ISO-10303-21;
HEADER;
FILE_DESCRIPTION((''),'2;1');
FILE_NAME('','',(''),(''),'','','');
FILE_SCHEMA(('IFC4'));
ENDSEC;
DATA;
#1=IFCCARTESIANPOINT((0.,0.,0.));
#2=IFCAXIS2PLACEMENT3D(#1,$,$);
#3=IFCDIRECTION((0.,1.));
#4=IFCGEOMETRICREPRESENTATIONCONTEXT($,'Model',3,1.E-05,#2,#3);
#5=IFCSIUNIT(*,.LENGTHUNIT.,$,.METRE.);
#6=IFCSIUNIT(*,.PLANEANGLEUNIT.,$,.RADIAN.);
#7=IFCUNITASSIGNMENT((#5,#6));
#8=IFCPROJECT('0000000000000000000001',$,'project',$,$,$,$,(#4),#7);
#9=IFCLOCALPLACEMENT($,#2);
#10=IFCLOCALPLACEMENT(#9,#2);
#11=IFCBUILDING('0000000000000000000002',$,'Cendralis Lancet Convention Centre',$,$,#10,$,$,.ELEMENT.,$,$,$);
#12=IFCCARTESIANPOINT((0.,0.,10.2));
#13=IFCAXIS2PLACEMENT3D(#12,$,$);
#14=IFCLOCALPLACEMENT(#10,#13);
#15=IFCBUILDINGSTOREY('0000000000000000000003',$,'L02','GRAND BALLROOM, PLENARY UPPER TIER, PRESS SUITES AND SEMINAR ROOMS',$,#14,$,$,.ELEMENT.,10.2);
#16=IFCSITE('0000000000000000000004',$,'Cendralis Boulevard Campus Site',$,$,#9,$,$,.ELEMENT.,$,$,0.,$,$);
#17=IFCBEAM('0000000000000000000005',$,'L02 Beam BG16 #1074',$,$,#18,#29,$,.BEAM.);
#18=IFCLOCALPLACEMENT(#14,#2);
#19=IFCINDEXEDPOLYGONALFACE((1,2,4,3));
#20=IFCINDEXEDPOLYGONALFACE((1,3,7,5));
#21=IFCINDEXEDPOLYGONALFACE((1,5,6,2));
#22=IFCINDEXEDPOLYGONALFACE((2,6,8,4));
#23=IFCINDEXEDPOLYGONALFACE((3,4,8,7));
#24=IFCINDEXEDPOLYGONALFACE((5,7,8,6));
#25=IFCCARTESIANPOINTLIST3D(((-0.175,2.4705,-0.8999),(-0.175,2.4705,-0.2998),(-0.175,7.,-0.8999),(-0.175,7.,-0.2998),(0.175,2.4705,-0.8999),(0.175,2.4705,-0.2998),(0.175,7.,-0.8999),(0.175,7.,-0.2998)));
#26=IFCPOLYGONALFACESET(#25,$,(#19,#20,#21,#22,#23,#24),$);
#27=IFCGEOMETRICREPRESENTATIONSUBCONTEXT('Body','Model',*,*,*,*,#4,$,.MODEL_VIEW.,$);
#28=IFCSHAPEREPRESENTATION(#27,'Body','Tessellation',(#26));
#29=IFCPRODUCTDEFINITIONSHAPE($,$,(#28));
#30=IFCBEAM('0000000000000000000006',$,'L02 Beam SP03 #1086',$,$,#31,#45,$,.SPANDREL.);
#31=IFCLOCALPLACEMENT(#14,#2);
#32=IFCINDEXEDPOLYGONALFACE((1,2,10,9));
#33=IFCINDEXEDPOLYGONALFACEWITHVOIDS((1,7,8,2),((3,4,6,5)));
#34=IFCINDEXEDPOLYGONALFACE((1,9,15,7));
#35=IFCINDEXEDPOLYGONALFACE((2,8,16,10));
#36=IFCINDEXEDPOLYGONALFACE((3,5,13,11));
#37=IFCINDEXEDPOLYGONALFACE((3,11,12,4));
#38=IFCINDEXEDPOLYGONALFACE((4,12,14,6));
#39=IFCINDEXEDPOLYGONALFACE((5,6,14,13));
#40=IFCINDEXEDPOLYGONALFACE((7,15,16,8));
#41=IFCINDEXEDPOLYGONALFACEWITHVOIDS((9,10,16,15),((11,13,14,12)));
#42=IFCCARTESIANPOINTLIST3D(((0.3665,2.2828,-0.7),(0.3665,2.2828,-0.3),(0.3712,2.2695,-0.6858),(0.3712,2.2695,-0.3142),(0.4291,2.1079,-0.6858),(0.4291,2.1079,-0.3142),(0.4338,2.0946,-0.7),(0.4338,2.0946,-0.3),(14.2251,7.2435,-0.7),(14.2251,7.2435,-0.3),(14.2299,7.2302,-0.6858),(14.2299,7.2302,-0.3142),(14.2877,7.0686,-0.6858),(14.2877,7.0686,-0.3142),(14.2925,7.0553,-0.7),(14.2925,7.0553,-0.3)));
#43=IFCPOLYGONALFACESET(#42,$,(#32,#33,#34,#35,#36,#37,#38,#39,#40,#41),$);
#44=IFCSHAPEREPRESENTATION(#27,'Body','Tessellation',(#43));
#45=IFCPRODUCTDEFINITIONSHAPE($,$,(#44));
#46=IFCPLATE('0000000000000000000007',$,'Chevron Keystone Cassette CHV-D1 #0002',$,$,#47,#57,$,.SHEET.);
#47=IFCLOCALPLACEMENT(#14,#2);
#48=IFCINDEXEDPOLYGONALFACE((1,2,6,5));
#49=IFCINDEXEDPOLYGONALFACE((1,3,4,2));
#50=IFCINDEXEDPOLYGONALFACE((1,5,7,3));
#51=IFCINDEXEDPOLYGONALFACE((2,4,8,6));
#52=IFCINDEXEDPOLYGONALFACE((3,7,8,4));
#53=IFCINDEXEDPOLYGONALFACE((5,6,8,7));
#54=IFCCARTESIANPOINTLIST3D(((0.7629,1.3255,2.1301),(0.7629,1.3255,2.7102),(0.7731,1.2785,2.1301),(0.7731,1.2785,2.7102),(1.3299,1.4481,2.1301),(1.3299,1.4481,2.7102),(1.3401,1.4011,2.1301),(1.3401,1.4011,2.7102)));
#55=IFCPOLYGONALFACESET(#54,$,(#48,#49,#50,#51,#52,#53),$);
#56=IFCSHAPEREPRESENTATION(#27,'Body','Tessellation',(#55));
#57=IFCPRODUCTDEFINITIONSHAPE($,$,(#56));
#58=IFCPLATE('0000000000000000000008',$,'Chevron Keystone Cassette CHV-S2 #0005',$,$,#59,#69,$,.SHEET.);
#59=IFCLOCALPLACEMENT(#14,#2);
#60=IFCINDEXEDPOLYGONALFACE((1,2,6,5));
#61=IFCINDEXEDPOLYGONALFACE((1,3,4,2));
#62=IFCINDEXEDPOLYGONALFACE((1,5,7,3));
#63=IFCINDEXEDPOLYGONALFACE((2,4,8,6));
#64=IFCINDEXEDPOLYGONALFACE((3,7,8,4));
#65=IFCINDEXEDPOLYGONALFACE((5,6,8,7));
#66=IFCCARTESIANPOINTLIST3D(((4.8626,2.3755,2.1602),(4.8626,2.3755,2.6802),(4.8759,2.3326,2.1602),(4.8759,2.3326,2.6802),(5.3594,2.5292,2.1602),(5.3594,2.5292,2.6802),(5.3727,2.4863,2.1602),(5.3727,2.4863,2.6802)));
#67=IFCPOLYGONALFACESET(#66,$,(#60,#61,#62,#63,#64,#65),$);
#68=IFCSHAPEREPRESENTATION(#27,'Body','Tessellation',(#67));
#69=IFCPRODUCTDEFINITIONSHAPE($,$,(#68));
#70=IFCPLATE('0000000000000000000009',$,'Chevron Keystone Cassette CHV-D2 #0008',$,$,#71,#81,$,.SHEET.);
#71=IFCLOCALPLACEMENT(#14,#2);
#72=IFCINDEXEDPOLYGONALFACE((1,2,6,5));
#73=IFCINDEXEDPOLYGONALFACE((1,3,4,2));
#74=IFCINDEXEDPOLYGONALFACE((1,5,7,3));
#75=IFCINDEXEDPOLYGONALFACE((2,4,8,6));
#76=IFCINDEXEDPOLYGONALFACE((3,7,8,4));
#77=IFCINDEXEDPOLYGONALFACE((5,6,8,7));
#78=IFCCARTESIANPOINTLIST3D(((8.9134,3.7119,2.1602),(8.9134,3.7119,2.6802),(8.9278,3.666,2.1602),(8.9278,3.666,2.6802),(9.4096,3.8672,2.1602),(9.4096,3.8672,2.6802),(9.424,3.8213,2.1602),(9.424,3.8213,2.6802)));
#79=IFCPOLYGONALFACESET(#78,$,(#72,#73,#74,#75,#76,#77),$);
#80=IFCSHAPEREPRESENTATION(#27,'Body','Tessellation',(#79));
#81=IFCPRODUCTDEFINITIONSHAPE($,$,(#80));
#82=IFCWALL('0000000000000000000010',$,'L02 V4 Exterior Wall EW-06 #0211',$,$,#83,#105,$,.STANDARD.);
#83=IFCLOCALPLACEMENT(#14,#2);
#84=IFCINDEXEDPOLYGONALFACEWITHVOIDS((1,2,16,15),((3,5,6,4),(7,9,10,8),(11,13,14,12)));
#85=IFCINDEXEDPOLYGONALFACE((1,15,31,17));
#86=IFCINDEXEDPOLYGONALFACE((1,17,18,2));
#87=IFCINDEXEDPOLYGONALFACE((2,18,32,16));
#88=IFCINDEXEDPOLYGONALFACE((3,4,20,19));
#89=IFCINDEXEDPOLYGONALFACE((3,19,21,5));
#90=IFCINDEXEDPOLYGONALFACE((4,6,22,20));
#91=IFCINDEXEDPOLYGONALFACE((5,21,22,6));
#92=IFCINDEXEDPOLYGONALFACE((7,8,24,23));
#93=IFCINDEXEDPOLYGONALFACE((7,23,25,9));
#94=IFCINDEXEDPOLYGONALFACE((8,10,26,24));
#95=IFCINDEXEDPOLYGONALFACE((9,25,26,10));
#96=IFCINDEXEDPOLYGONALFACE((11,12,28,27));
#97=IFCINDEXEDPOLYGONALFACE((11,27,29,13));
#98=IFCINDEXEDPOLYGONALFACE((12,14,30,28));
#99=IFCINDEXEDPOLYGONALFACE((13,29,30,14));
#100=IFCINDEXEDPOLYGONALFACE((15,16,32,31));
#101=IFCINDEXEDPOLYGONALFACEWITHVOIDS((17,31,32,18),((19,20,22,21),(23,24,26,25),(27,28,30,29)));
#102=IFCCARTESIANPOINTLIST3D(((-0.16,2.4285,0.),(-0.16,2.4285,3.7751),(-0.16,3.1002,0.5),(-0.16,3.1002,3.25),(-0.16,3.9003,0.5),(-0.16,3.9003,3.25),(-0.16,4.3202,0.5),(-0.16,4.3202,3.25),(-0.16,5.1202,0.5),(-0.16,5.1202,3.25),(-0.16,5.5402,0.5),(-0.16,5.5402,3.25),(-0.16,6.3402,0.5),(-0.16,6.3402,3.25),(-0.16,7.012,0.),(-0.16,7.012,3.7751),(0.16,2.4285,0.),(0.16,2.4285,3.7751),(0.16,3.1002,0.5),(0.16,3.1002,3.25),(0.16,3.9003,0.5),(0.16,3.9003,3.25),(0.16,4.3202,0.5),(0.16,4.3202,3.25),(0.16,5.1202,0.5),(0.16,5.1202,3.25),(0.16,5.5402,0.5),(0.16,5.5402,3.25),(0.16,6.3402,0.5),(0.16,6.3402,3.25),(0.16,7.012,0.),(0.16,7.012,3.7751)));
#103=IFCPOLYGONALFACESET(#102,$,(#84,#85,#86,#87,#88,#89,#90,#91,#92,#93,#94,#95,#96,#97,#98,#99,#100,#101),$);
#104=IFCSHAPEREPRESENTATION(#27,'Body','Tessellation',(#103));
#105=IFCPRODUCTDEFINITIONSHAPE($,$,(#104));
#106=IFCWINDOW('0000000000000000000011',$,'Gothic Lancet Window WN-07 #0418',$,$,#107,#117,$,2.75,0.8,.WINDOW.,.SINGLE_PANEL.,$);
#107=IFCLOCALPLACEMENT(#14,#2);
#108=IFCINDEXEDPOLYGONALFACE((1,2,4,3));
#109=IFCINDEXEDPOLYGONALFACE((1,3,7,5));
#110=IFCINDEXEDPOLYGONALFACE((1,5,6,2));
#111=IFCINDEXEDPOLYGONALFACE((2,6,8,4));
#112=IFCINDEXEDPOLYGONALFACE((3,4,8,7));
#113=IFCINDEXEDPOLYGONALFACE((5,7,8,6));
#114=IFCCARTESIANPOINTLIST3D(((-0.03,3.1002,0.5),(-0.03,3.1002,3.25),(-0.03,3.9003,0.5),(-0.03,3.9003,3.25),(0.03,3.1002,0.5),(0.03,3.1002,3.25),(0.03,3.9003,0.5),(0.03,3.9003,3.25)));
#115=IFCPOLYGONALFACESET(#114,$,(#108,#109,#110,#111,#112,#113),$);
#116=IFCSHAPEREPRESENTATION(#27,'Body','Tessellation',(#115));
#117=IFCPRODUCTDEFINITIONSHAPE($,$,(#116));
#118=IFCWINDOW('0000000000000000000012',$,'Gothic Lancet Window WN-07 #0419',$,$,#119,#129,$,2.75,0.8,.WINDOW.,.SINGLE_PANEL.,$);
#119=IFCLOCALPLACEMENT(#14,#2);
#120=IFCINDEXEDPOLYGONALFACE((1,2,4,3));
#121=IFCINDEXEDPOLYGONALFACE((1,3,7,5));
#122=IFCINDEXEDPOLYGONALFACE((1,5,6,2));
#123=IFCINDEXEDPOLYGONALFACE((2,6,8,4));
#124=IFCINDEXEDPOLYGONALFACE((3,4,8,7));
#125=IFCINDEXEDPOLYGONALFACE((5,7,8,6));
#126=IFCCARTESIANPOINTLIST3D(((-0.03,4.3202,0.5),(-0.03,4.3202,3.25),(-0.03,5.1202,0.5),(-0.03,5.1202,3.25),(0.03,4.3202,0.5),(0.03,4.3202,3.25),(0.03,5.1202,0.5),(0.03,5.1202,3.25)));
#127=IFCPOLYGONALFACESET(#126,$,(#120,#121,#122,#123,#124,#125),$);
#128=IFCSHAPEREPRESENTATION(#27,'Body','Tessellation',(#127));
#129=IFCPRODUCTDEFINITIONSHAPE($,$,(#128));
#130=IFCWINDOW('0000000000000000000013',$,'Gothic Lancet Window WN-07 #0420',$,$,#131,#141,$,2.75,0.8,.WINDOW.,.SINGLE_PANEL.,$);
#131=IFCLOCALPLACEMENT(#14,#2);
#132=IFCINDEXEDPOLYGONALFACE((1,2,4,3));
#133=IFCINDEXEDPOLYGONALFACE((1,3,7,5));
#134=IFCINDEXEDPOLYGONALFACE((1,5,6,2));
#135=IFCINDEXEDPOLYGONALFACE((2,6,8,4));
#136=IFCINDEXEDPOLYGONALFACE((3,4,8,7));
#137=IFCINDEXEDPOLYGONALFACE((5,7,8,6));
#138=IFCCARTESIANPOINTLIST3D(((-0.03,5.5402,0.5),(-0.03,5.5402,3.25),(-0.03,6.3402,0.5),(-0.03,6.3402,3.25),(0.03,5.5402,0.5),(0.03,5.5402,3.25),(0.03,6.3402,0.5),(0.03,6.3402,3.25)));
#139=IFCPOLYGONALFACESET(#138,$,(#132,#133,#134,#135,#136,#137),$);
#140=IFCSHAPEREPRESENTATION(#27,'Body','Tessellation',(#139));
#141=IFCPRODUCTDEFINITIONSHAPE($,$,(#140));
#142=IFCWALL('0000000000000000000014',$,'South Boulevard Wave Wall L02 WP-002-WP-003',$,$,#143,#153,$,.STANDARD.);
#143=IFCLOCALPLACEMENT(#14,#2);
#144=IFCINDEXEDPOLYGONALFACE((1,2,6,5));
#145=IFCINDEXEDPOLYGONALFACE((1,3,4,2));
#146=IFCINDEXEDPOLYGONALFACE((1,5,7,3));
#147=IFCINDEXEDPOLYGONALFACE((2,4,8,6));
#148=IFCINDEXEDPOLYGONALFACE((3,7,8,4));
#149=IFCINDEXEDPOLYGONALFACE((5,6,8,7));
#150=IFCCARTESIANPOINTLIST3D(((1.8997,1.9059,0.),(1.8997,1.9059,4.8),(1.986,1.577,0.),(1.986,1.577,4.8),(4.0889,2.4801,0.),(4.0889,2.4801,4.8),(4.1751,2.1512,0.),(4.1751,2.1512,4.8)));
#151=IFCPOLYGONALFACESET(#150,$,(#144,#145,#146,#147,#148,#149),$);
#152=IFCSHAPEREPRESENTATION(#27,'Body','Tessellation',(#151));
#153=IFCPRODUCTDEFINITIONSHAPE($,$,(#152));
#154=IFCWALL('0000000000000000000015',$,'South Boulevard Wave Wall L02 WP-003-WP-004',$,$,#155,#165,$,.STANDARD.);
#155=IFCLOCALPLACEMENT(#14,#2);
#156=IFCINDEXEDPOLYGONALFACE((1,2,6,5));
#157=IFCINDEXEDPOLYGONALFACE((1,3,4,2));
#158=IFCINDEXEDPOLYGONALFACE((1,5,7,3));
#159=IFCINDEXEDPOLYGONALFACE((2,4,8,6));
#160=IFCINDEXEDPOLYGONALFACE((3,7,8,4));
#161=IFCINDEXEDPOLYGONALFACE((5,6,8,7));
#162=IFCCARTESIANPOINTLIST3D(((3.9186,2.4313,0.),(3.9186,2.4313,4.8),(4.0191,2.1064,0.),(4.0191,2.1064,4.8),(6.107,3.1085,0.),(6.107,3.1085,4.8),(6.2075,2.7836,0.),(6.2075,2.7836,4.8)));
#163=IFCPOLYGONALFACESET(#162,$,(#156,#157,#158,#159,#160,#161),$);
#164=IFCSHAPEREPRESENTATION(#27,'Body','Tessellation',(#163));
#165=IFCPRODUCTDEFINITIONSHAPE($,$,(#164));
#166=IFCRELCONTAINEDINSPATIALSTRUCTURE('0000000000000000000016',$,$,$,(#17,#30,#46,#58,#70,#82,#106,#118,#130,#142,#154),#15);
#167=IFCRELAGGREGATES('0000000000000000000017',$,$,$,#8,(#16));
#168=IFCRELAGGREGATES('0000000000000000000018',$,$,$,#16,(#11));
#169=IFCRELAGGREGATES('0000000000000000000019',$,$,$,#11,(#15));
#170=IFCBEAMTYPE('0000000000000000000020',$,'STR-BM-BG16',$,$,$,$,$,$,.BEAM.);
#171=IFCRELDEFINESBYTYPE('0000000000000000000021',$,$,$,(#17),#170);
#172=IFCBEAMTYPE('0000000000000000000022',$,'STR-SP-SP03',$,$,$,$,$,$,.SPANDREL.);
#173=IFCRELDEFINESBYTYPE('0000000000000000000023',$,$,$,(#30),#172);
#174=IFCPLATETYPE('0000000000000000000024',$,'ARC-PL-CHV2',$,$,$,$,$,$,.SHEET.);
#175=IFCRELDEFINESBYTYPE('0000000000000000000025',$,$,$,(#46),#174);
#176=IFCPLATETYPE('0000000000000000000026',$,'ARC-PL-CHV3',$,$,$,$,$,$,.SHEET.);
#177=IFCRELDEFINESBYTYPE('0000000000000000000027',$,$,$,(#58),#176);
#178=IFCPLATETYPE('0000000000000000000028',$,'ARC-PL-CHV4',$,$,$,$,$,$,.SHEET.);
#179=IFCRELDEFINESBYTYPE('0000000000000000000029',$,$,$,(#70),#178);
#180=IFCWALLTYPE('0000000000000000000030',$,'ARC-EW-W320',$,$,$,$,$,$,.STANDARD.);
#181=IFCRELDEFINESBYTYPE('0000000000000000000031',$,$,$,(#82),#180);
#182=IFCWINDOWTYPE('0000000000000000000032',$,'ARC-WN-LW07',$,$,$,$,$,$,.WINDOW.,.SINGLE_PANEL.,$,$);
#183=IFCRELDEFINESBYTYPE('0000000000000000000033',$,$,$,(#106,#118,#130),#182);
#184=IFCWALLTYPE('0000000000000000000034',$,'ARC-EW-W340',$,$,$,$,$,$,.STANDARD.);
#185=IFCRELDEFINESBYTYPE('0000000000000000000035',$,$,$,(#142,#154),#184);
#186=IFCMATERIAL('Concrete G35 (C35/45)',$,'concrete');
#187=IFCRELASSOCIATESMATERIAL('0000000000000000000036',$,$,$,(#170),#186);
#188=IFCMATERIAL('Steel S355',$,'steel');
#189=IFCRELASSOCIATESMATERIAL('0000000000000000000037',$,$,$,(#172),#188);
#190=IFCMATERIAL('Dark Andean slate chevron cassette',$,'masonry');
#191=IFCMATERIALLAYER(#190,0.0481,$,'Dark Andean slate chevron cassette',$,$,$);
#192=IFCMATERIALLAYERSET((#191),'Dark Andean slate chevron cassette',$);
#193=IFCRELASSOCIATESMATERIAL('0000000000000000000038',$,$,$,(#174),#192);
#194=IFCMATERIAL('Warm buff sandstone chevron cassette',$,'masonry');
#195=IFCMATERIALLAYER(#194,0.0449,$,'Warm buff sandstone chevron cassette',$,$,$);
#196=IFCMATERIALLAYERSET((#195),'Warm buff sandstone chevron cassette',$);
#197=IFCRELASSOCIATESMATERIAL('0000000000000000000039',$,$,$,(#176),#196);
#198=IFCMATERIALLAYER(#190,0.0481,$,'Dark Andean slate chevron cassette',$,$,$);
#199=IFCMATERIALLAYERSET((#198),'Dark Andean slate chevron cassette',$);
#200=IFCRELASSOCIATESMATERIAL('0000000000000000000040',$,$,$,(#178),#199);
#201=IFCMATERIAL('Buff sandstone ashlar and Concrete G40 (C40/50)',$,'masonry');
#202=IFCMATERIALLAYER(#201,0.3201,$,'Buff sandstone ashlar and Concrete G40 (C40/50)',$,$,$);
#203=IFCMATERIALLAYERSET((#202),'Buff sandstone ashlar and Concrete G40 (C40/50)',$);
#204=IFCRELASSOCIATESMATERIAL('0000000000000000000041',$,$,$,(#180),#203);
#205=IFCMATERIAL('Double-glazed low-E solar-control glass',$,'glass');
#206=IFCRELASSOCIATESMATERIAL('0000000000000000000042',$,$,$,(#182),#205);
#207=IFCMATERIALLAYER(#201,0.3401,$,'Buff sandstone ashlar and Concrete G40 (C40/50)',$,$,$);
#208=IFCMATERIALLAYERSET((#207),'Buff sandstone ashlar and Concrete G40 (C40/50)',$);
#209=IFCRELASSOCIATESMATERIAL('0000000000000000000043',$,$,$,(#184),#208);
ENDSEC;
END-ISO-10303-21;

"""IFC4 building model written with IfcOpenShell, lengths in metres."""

from ifc_helpers import new_model, si_unit, direction, frame, frame_2d, origin, origin_2d, place, context, subcontext, project, spatial, rectangle, hollow_rectangle, extrude, material, layer, layer_set, material_profile, profile_set, type_object, element, fill, save


model = new_model("IFC4")

# Units and contexts
model_context = context("Model", 3, precision=1e-05, world=origin(), true_north=direction((0.0, 1.0)))
body_context = subcontext(model_context, "Body", "Model", "MODEL_VIEW")
ifc_project = project(units=[si_unit("LENGTHUNIT", "METRE"), si_unit("PLANEANGLEUNIT", "RADIAN")], contexts=[model_context])

# Site, building, storey
site_placement = place(None, origin())
site = spatial("IfcSite", under=ifc_project, at=site_placement, Name="Cendralis Boulevard Campus Site", CompositionType="ELEMENT", RefElevation=0.0)
building_placement = place(site_placement, origin())
building = spatial("IfcBuilding", under=site, at=building_placement, Name="Cendralis Lancet Convention Centre", CompositionType="ELEMENT")
storey_placement = place(building_placement, frame((0.0, 0.0, 10.2)))
storey = spatial("IfcBuildingStorey", under=building, at=storey_placement, Name="L02", Description="GRAND BALLROOM, PLENARY UPPER TIER, PRESS SUITES AND SEMINAR ROOMS", CompositionType="ELEMENT", Elevation=10.2)

# Beams
ifc_material_1 = material(Name="Concrete G35 (C35/45)", Category="concrete")
ifc_material_profile_1 = material_profile(ifc_material_1, rectangle(XDim=0.3501, YDim=0.6001, at=origin_2d()), Name="RCB 350x600")
ifc_profile_set_1 = profile_set([ifc_material_profile_1], Name="Concrete G35 (C35/45)")
beam_type_1 = type_object("IfcBeamType", Name="STR-BM-BG16", PredefinedType="BEAM", material=ifc_profile_set_1)
beam_1_placement = place(storey_placement, frame((0.0, 2.4705, -0.5999), z_axis=(0.0, 1.0, 0.0), x_axis=(-1.0, 0.0, 0.0)))
element("IfcBeam", 1, at=beam_1_placement, inside=storey, type_object=beam_type_1, Name="L02 Beam BG16 #1074", PredefinedType="BEAM", context=body_context, shape_type="SweptSolid", body=[
    extrude(rectangle(XDim=0.3501, YDim=0.6001, at=origin_2d()), origin(), (0.0, 0.0, 1.0), 4.5295),
])
ifc_material_2 = material(Name="Steel S355", Category="steel")
ifc_material_profile_2 = material_profile(ifc_material_2, hollow_rectangle(XDim=0.2, YDim=0.3999, WallThickness=0.0142, at=origin_2d()), Name="RHS 400x200x14.2")
ifc_profile_set_2 = profile_set([ifc_material_profile_2], Name="Steel S355")
beam_type_2 = type_object("IfcBeamType", Name="STR-SP-SP03", PredefinedType="SPANDREL", material=ifc_profile_set_2)
beam_2_placement = place(storey_placement, frame((0.4001, 2.1887, -0.5), z_axis=(0.941501, 0.33701, 0.0), x_axis=(-0.33701, 0.941501, 0.0)))
element("IfcBeam", 2, at=beam_2_placement, inside=storey, type_object=beam_type_2, Name="L02 Beam SP03 #1086", PredefinedType="SPANDREL", context=body_context, shape_type="SweptSolid", body=[
    extrude(hollow_rectangle(XDim=0.2, YDim=0.3999, WallThickness=0.0142, at=origin_2d()), origin(), (0.0, 0.0, 1.0), 14.7197),
])

# Plates
ifc_material_3 = material(Name="Dark Andean slate chevron cassette", Category="masonry")
ifc_layer_1 = layer(ifc_material_3, 0.0481, Name="Dark Andean slate chevron cassette")
ifc_layer_set_1 = layer_set([ifc_layer_1], Name="Dark Andean slate chevron cassette")
plate_type_1 = type_object("IfcPlateType", Name="ARC-PL-CHV2", PredefinedType="SHEET", material=ifc_layer_set_1)
plate_1_placement = place(storey_placement, frame((1.0515, 1.3633, 2.1301), z_axis=(0.0, 0.0, 1.0), x_axis=(0.977397, 0.21141, 0.0)))
element("IfcPlate", 3, at=plate_1_placement, inside=storey, type_object=plate_type_1, Name="Chevron Keystone Cassette CHV-D1 #0002", PredefinedType="SHEET", context=body_context, shape_type="SweptSolid", body=[
    extrude(rectangle(XDim=0.5801, YDim=0.0481, at=origin_2d()), origin(), (0.0, 0.0, 1.0), 0.5801),
])
ifc_material_4 = material(Name="Warm buff sandstone chevron cassette", Category="masonry")
ifc_layer_2 = layer(ifc_material_4, 0.0449, Name="Warm buff sandstone chevron cassette")
ifc_layer_set_2 = layer_set([ifc_layer_2], Name="Warm buff sandstone chevron cassette")
plate_type_2 = type_object("IfcPlateType", Name="ARC-PL-CHV3", PredefinedType="SHEET", material=ifc_layer_set_2)
plate_2_placement = place(storey_placement, frame((5.1177, 2.4309, 2.1602), z_axis=(0.0, 0.0, 1.0), x_axis=(0.955299, 0.295641, 0.0)))
element("IfcPlate", 4, at=plate_2_placement, inside=storey, type_object=plate_type_2, Name="Chevron Keystone Cassette CHV-S2 #0005", PredefinedType="SHEET", context=body_context, shape_type="SweptSolid", body=[
    extrude(rectangle(XDim=0.52, YDim=0.0449, at=origin_2d()), origin(), (0.0, 0.0, 1.0), 0.52),
])
ifc_layer_3 = layer(ifc_material_3, 0.0481, Name="Dark Andean slate chevron cassette")
ifc_layer_set_3 = layer_set([ifc_layer_3], Name="Dark Andean slate chevron cassette")
plate_type_3 = type_object("IfcPlateType", Name="ARC-PL-CHV4", PredefinedType="SHEET", material=ifc_layer_set_3)
plate_3_placement = place(storey_placement, frame((9.1687, 3.7666, 2.1602), z_axis=(0.0, 0.0, 1.0), x_axis=(0.954319, 0.298791, 0.0)))
element("IfcPlate", 5, at=plate_3_placement, inside=storey, type_object=plate_type_3, Name="Chevron Keystone Cassette CHV-D2 #0008", PredefinedType="SHEET", context=body_context, shape_type="SweptSolid", body=[
    extrude(rectangle(XDim=0.52, YDim=0.0481, at=origin_2d()), origin(), (0.0, 0.0, 1.0), 0.52),
])

# Wall, openings, windows
ifc_material_5 = material(Name="Buff sandstone ashlar and Concrete G40 (C40/50)", Category="masonry")
ifc_layer_4 = layer(ifc_material_5, 0.3201, Name="Buff sandstone ashlar and Concrete G40 (C40/50)")
ifc_layer_set_4 = layer_set([ifc_layer_4], Name="Buff sandstone ashlar and Concrete G40 (C40/50)")
wall_type_1 = type_object("IfcWallType", Name="ARC-EW-W320", PredefinedType="STANDARD", material=ifc_layer_set_4)
wall_1_placement = place(storey_placement, frame((0.0, 2.4285, 0.0), z_axis=(0.0, 0.0, 1.0), x_axis=(0.0, 1.0, 0.0)))
wall_1 = element("IfcWall", 6, at=wall_1_placement, inside=storey, type_object=wall_type_1, Name="L02 V4 Exterior Wall EW-06 #0211", PredefinedType="STANDARD", context=body_context, shape_type="SweptSolid", body=[
    extrude(rectangle(XDim=4.5835, YDim=0.3201, at=frame_2d((2.2917, 0.0))), origin(), (0.0, 0.0, 1.0), 3.7751),
])
opening_1_placement = place(wall_1_placement, frame((0.6719, 0.0, 0.5)))
opening_1 = element("IfcOpeningElement", 7, at=opening_1_placement, cuts=wall_1, PredefinedType="OPENING", context=body_context, shape_type="SweptSolid", body=[
    extrude(rectangle(XDim=0.8, YDim=2.75, at=frame_2d((0.3999, 1.375))), frame((0.0, 0.1699, 0.0), z_axis=(0.0, -1.0, 0.0), x_axis=(1.0, 0.0, 0.0)), (0.0, 0.0, 1.0), 0.3401),
])
opening_2_placement = place(wall_1_placement, frame((1.8918, 0.0, 0.5)))
opening_2 = element("IfcOpeningElement", 8, at=opening_2_placement, cuts=wall_1, PredefinedType="OPENING", context=body_context, shape_type="SweptSolid", body=[
    extrude(rectangle(XDim=0.8, YDim=2.75, at=frame_2d((0.3999, 1.375))), frame((0.0, 0.1699, 0.0), z_axis=(0.0, -1.0, 0.0), x_axis=(1.0, 0.0, 0.0)), (0.0, 0.0, 1.0), 0.3401),
])
opening_3_placement = place(wall_1_placement, frame((3.1118, 0.0, 0.5)))
opening_3 = element("IfcOpeningElement", 9, at=opening_3_placement, cuts=wall_1, PredefinedType="OPENING", context=body_context, shape_type="SweptSolid", body=[
    extrude(rectangle(XDim=0.8, YDim=2.75, at=frame_2d((0.3999, 1.375))), frame((0.0, 0.1699, 0.0), z_axis=(0.0, -1.0, 0.0), x_axis=(1.0, 0.0, 0.0)), (0.0, 0.0, 1.0), 0.3401),
])
ifc_material_6 = material(Name="Double-glazed low-E solar-control glass", Category="glass")
window_type = type_object("IfcWindowType", Name="ARC-WN-LW07", PartitioningType="SINGLE_PANEL", PredefinedType="WINDOW", material=ifc_material_6)
window_1_placement = place(opening_1_placement, origin())
window_1 = element("IfcWindow", 10, at=window_1_placement, inside=storey, type_object=window_type, Name="Gothic Lancet Window WN-07 #0418", OverallHeight=2.75, OverallWidth=0.8, PartitioningType="SINGLE_PANEL", PredefinedType="WINDOW", context=body_context, shape_type="SweptSolid", body=[
    extrude(rectangle(XDim=0.8, YDim=2.75, at=frame_2d((0.3999, 1.375))), frame((0.0, 0.03, 0.0), z_axis=(0.0, -1.0, 0.0), x_axis=(1.0, 0.0, 0.0)), (0.0, 0.0, 1.0), 0.0601),
])
fill(opening_1, window_1)
window_2_placement = place(opening_2_placement, origin())
window_2 = element("IfcWindow", 11, at=window_2_placement, inside=storey, type_object=window_type, Name="Gothic Lancet Window WN-07 #0419", OverallHeight=2.75, OverallWidth=0.8, PartitioningType="SINGLE_PANEL", PredefinedType="WINDOW", context=body_context, shape_type="SweptSolid", body=[
    extrude(rectangle(XDim=0.8, YDim=2.75, at=frame_2d((0.3999, 1.375))), frame((0.0, 0.03, 0.0), z_axis=(0.0, -1.0, 0.0), x_axis=(1.0, 0.0, 0.0)), (0.0, 0.0, 1.0), 0.0601),
])
fill(opening_2, window_2)
window_3_placement = place(opening_3_placement, origin())
window_3 = element("IfcWindow", 12, at=window_3_placement, inside=storey, type_object=window_type, Name="Gothic Lancet Window WN-07 #0420", OverallHeight=2.75, OverallWidth=0.8, PartitioningType="SINGLE_PANEL", PredefinedType="WINDOW", context=body_context, shape_type="SweptSolid", body=[
    extrude(rectangle(XDim=0.8, YDim=2.75, at=frame_2d((0.3999, 1.375))), frame((0.0, 0.03, 0.0), z_axis=(0.0, -1.0, 0.0), x_axis=(1.0, 0.0, 0.0)), (0.0, 0.0, 1.0), 0.0601),
])
fill(opening_3, window_3)

# Walls
ifc_layer_5 = layer(ifc_material_5, 0.3401, Name="Buff sandstone ashlar and Concrete G40 (C40/50)")
ifc_layer_set_5 = layer_set([ifc_layer_5], Name="Buff sandstone ashlar and Concrete G40 (C40/50)")
wall_type_2 = type_object("IfcWallType", Name="ARC-EW-W340", PredefinedType="STANDARD", material=ifc_layer_set_5)
wall_2_placement = place(storey_placement, frame((1.9429, 1.7415, 0.0), z_axis=(0.0, 0.0, 1.0), x_axis=(0.96728, 0.253713, 0.0)))
element("IfcWall", 13, at=wall_2_placement, inside=storey, type_object=wall_type_2, Name="South Boulevard Wave Wall L02 WP-002-WP-003", PredefinedType="STANDARD", context=body_context, shape_type="SweptSolid", body=[
    extrude(rectangle(XDim=2.2632, YDim=0.3401, at=frame_2d((1.1316, 0.0))), origin(), (0.0, 0.0, 1.0), 4.8),
])
wall_3_placement = place(storey_placement, frame((3.9688, 2.2688, 0.0), z_axis=(0.0, 0.0, 1.0), x_axis=(0.955303, 0.295628, 0.0)))
element("IfcWall", 14, at=wall_3_placement, inside=storey, type_object=wall_type_2, Name="South Boulevard Wave Wall L02 WP-003-WP-004", PredefinedType="STANDARD", context=body_context, shape_type="SweptSolid", body=[
    extrude(rectangle(XDim=2.2908, YDim=0.3401, at=frame_2d((1.1455, 0.0))), origin(), (0.0, 0.0, 1.0), 4.8),
])

save(model, "model.ifc")
